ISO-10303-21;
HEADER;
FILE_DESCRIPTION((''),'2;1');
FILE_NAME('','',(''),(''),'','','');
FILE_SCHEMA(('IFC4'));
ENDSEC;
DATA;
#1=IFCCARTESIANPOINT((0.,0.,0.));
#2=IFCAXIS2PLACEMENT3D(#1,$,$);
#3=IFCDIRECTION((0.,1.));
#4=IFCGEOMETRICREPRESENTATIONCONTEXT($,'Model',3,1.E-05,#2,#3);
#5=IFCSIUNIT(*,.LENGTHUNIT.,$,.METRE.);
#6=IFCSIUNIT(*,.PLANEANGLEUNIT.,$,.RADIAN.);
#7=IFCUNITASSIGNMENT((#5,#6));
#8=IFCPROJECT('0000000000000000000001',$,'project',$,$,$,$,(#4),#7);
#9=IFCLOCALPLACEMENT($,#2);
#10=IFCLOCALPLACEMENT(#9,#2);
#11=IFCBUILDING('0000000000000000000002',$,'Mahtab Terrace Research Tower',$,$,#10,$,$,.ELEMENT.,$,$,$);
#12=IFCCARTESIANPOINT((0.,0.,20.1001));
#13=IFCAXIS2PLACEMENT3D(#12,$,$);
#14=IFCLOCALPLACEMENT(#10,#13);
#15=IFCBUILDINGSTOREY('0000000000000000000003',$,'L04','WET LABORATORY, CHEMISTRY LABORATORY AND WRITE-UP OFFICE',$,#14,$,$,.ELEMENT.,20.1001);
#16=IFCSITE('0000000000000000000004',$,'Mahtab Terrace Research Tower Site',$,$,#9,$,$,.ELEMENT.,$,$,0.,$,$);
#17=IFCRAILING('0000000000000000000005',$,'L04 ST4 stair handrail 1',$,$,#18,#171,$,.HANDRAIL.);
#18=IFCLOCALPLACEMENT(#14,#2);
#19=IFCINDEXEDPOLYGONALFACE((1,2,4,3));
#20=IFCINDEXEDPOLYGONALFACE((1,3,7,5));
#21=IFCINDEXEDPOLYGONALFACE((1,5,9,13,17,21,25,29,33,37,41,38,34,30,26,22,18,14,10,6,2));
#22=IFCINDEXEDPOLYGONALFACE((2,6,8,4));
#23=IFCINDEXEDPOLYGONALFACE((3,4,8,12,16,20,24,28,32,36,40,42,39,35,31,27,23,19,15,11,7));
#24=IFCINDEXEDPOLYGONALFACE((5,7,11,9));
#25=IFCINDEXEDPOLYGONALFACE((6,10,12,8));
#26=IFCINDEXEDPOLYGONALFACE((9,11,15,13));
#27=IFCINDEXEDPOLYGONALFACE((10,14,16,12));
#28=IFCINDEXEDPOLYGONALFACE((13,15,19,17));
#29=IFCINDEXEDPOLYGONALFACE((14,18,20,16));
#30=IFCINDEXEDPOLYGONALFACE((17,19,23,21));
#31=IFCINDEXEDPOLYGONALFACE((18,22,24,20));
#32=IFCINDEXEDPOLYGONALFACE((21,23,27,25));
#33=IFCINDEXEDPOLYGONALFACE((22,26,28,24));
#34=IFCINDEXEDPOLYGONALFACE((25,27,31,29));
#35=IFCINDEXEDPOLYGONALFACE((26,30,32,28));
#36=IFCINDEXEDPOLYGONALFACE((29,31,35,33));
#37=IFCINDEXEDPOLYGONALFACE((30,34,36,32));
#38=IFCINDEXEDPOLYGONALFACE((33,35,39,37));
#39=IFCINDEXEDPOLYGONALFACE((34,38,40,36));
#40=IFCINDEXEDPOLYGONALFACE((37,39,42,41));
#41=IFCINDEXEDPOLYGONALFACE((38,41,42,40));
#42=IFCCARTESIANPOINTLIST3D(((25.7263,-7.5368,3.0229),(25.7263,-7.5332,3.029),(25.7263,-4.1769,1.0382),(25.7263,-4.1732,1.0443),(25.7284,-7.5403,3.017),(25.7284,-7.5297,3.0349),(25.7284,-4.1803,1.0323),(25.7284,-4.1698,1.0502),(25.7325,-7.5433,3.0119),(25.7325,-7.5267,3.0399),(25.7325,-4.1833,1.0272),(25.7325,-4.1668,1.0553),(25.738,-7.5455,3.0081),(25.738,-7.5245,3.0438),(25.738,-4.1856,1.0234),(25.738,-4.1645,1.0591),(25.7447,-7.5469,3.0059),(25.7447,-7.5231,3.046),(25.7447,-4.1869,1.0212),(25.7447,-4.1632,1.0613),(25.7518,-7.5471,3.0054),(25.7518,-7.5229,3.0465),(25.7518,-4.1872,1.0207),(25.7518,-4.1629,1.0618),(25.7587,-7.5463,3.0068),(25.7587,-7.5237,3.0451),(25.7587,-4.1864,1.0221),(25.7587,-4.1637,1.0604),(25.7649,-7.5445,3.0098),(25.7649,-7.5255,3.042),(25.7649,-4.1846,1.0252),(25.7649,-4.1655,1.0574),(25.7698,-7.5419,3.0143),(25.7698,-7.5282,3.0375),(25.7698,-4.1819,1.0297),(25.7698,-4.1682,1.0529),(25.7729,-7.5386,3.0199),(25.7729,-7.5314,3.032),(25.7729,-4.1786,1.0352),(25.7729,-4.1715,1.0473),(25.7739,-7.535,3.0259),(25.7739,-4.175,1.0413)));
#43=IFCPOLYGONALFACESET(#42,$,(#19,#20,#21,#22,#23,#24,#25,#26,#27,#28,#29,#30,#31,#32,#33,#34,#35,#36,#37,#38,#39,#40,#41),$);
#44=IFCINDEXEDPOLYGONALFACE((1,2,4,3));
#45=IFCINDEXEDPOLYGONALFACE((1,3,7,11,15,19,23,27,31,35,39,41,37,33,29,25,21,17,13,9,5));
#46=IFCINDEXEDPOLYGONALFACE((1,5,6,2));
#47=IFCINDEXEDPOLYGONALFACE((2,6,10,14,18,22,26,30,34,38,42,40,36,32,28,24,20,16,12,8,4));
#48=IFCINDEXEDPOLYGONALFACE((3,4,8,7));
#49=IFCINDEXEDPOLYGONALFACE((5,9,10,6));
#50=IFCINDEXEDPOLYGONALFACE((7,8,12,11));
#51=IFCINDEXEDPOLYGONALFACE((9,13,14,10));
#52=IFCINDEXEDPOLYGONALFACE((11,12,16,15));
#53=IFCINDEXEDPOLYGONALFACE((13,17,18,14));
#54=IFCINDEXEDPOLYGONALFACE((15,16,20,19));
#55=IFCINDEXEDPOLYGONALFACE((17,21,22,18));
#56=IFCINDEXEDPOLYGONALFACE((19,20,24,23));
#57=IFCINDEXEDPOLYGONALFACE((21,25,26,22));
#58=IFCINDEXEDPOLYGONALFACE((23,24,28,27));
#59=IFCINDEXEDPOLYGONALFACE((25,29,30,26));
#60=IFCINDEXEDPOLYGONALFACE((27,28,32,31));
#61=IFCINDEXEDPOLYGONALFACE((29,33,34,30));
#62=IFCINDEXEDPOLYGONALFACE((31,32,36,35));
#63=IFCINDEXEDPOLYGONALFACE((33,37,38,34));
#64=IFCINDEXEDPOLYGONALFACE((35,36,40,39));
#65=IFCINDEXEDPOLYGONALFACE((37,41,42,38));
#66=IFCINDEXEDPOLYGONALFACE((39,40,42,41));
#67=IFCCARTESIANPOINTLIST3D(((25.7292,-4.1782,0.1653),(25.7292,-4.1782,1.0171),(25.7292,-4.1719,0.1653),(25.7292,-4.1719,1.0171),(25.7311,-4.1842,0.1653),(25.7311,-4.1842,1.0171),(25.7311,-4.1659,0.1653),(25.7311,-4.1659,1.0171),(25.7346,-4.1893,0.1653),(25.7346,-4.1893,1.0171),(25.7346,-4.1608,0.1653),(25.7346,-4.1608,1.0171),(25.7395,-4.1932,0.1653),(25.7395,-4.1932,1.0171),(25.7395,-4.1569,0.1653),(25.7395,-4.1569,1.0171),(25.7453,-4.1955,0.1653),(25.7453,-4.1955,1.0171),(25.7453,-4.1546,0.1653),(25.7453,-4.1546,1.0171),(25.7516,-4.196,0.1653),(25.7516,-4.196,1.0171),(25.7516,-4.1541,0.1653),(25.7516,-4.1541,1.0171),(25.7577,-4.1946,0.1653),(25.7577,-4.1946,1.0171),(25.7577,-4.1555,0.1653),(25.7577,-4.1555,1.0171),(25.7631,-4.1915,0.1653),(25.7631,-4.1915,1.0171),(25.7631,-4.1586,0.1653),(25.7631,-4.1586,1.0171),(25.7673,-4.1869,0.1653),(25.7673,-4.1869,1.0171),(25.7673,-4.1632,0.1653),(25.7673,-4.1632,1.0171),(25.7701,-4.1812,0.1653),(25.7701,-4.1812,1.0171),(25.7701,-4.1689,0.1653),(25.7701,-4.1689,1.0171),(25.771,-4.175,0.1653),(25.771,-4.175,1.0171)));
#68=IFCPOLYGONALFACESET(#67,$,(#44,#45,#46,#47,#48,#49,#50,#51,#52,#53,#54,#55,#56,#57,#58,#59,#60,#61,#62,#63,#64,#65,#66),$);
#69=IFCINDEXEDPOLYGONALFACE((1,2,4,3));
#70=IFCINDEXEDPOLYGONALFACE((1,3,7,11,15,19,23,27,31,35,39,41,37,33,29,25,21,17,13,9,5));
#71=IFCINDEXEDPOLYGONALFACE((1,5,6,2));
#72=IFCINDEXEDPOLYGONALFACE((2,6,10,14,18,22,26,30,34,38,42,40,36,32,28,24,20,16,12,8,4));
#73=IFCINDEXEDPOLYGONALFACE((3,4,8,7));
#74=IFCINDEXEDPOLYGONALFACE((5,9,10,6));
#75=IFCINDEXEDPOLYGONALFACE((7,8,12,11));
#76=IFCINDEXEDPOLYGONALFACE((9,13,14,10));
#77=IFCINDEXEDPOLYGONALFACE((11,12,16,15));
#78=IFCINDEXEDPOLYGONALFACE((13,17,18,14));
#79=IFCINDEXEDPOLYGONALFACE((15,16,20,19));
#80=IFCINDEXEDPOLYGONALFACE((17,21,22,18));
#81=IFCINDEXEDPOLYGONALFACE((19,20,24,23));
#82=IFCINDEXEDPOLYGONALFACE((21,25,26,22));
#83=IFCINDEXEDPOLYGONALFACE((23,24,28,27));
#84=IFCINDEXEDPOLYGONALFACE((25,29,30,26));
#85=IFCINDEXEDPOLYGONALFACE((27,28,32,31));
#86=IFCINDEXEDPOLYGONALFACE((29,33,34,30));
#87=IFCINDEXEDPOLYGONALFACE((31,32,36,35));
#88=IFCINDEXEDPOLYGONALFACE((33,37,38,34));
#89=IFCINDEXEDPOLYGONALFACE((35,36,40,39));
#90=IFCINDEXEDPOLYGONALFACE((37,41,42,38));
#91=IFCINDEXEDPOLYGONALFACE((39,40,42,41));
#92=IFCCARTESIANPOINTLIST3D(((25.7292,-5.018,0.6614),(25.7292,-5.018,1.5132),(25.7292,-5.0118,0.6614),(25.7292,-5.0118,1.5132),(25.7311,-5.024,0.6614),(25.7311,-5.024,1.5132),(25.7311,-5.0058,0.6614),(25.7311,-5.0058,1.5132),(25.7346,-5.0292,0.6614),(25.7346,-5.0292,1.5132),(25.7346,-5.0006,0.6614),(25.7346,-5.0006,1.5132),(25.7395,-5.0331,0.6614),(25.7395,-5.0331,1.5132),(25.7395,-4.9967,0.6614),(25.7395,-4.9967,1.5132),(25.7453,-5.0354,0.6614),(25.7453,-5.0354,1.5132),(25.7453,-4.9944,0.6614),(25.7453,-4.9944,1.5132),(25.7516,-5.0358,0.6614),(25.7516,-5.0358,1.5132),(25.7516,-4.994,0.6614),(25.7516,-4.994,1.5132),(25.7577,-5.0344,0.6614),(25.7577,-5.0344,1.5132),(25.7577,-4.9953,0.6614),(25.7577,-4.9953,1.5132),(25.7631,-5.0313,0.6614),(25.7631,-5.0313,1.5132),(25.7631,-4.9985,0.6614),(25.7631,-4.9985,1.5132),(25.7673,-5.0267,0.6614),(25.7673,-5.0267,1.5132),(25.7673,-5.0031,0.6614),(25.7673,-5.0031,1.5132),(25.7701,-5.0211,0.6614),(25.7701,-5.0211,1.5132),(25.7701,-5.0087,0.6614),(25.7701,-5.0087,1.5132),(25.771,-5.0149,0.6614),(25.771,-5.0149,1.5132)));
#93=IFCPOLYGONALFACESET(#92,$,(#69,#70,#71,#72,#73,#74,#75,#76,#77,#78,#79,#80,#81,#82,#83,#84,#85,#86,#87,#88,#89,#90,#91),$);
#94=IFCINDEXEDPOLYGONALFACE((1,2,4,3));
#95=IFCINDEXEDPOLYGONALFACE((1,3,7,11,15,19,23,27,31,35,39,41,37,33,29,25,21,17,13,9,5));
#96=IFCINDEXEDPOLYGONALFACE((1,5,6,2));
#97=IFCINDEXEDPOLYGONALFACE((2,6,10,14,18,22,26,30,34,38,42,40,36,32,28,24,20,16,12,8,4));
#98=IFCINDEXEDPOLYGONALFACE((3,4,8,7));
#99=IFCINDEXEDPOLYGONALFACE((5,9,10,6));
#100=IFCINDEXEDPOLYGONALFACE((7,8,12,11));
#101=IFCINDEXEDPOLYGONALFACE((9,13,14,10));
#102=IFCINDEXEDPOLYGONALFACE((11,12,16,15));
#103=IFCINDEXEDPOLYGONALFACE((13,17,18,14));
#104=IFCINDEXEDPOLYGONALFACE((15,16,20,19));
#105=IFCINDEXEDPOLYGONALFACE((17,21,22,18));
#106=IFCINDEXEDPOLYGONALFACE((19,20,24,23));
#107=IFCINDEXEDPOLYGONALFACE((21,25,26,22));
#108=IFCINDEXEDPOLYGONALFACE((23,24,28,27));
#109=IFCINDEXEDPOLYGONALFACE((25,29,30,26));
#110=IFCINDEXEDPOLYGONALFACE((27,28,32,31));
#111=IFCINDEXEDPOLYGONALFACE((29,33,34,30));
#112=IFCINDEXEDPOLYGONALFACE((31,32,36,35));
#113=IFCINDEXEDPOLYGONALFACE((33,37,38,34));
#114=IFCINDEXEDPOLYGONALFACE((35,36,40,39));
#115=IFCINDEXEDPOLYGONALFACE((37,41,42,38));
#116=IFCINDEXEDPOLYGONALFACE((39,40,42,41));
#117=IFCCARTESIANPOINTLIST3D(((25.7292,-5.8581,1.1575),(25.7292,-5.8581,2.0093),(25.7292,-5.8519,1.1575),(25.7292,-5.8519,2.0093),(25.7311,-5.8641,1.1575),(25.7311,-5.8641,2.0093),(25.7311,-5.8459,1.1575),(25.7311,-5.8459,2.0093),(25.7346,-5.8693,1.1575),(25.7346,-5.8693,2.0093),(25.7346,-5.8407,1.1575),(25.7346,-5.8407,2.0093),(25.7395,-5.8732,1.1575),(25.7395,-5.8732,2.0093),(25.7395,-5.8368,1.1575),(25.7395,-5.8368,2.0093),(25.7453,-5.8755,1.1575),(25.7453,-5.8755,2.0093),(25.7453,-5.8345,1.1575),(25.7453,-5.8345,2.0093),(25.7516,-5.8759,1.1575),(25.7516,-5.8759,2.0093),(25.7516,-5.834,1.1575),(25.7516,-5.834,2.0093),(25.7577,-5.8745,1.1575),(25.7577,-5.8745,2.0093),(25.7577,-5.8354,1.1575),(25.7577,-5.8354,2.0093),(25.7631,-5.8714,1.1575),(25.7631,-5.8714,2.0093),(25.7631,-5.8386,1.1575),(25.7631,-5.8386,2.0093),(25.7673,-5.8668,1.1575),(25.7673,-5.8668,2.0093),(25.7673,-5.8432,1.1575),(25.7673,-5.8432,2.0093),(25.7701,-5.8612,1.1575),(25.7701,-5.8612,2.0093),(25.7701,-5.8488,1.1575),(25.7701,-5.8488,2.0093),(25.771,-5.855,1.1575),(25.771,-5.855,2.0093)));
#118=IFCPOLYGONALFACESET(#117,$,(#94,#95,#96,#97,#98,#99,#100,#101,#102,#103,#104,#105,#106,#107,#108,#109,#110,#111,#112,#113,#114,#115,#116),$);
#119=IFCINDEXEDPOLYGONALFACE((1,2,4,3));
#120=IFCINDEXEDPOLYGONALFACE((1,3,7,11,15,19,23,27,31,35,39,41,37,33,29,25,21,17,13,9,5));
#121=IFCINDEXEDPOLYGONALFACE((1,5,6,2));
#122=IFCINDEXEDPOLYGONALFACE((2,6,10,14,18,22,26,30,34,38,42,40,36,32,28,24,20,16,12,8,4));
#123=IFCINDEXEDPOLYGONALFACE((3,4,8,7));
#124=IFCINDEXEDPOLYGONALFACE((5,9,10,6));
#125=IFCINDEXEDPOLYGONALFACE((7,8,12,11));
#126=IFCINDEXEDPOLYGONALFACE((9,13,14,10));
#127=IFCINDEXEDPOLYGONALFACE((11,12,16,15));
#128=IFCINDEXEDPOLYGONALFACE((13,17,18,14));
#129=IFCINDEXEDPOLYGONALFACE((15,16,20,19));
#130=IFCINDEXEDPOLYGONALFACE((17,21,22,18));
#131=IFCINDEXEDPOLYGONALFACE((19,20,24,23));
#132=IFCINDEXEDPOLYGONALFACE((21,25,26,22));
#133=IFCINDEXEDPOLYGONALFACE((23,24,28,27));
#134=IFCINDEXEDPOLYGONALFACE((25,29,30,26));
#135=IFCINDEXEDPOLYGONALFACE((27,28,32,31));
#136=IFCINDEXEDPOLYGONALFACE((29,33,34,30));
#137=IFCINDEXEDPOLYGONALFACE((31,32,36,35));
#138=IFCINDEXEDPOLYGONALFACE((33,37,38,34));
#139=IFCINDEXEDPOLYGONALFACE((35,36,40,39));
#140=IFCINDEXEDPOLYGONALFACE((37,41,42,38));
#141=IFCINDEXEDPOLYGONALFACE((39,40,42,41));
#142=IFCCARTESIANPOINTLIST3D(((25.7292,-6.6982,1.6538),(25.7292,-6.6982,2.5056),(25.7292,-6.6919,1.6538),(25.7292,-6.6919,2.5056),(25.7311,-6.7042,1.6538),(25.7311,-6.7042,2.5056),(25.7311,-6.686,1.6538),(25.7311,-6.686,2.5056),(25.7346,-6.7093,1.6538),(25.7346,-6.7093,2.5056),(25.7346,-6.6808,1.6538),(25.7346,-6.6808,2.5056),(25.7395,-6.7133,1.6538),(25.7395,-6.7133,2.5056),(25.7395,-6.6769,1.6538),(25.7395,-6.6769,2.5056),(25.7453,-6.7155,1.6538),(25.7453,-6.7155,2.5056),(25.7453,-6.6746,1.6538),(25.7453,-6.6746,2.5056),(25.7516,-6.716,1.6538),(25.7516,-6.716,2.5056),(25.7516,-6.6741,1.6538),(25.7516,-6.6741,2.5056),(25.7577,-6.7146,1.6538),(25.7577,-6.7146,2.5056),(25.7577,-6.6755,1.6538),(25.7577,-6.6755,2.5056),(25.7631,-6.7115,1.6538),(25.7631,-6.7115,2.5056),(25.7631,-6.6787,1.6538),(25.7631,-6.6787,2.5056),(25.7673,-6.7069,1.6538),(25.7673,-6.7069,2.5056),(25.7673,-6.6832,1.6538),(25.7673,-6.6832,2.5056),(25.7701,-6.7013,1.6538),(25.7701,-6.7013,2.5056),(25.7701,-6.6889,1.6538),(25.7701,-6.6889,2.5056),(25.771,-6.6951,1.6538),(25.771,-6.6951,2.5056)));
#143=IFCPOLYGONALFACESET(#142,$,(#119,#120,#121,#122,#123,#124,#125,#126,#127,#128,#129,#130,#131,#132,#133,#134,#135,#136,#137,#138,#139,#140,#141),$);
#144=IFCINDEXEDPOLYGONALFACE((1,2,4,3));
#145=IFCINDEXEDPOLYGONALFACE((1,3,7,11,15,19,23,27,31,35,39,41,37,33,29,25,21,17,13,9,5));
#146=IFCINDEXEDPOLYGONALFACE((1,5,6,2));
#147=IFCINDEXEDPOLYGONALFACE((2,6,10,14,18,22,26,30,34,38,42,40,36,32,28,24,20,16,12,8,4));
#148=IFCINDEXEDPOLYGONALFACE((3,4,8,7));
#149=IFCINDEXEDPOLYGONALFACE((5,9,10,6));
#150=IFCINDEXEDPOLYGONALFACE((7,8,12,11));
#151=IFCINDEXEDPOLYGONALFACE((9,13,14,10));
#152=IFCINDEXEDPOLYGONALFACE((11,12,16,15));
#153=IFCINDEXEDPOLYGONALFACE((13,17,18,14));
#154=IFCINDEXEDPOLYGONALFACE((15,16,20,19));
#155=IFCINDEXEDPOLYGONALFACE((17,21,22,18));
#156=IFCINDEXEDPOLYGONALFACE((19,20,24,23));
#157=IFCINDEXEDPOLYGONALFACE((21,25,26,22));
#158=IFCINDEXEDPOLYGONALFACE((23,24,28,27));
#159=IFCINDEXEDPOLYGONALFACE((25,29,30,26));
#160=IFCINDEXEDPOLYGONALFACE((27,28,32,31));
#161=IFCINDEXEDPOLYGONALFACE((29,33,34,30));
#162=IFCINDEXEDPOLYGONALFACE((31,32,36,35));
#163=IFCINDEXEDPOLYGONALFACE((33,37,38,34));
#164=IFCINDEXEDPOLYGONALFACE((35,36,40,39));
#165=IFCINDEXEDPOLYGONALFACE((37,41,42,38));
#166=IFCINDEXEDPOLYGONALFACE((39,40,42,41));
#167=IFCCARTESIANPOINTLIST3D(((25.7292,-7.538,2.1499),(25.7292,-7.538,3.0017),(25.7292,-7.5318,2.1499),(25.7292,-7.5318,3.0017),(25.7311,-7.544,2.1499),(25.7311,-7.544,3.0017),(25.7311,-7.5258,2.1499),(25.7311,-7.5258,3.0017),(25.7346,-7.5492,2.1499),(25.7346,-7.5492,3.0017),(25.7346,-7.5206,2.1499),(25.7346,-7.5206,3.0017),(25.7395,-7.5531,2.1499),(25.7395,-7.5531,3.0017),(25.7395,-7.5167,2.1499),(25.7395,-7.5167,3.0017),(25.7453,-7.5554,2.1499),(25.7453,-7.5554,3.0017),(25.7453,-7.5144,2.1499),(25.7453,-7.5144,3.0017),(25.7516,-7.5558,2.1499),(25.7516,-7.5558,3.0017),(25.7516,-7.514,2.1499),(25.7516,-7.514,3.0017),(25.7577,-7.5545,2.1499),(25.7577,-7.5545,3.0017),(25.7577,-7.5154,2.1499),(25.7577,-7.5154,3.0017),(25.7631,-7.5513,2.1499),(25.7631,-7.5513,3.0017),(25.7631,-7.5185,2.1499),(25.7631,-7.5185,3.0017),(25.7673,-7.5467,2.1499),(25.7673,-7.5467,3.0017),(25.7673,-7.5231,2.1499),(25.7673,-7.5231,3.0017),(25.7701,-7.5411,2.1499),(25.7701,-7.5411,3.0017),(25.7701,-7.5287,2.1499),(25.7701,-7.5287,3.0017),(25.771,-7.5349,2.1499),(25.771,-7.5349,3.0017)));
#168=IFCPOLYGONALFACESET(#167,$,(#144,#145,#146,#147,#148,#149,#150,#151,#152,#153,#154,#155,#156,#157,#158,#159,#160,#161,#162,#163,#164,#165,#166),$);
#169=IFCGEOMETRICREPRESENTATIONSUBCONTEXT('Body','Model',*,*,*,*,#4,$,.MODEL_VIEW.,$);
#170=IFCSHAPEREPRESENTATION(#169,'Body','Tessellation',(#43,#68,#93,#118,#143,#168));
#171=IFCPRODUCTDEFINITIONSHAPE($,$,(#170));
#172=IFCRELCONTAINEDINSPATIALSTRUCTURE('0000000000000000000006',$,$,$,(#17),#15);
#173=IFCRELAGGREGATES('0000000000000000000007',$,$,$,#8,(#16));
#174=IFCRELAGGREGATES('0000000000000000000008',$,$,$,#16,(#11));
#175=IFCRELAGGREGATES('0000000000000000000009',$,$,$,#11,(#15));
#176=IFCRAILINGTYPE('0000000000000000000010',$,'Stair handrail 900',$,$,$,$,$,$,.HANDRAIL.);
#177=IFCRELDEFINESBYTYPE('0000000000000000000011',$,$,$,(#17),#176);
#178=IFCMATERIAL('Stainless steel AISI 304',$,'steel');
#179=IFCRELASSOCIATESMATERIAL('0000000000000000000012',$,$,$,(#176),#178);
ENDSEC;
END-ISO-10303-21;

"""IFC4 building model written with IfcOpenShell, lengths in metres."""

from ifc_helpers import new_model, si_unit, direction, frame, origin, origin_2d, place, context, subcontext, project, spatial, circle, extrude, material, type_object, element, save


model = new_model("IFC4")

# Units and contexts
model_context = context("Model", 3, precision=1e-05, world=origin(), true_north=direction((0.0, 1.0)))
body_context = subcontext(model_context, "Body", "Model", "MODEL_VIEW")
ifc_project = project(units=[si_unit("LENGTHUNIT", "METRE"), si_unit("PLANEANGLEUNIT", "RADIAN")], contexts=[model_context])

# Site, building, storey
site_placement = place(None, origin())
site = spatial("IfcSite", under=ifc_project, at=site_placement, Name="Mahtab Terrace Research Tower Site", CompositionType="ELEMENT", RefElevation=0.0)
building_placement = place(site_placement, origin())
building = spatial("IfcBuilding", under=site, at=building_placement, Name="Mahtab Terrace Research Tower", CompositionType="ELEMENT")
storey_placement = place(building_placement, frame((0.0, 0.0, 20.1001)))
storey = spatial("IfcBuildingStorey", under=building, at=storey_placement, Name="L04", Description="WET LABORATORY, CHEMISTRY LABORATORY AND WRITE-UP OFFICE", CompositionType="ELEMENT", Elevation=20.1001)

# Shared definitions
ifc_material_1 = material(Name="Stainless steel AISI 304", Category="steel")

# Railing
railing_type = type_object("IfcRailingType", Name="Stair handrail 900", PredefinedType="HANDRAIL", material=ifc_material_1)
railing_placement = place(storey_placement, frame((25.75, -4.175, 0.1653)))
element("IfcRailing", 1, at=railing_placement, inside=storey, type_object=railing_type, Name="L04 ST4 stair handrail 1", PredefinedType="HANDRAIL", context=body_context, shape_type="SweptSolid", body=[
    extrude(circle(Radius=0.0239, at=origin_2d()), frame((0.0, 0.0, 0.876), z_axis=(0.0, -0.861011, 0.508586), x_axis=(1.0, 0.0, 0.0)), (0.0, 0.0, 1.0), 3.9023),
    extrude(circle(Radius=0.021, at=origin_2d()), origin(), (0.0, 0.0, 1.0), 0.8518),
    extrude(circle(Radius=0.021, at=origin_2d()), frame((0.0, -0.8398, 0.4961)), (0.0, 0.0, 1.0), 0.8518),
    extrude(circle(Radius=0.021, at=origin_2d()), frame((0.0, -1.6799, 0.9922)), (0.0, 0.0, 1.0), 0.8518),
    extrude(circle(Radius=0.021, at=origin_2d()), frame((0.0, -2.52, 1.4885)), (0.0, 0.0, 1.0), 0.8518),
    extrude(circle(Radius=0.021, at=origin_2d()), frame((0.0, -3.3599, 1.9846)), (0.0, 0.0, 1.0), 0.8518),
])

save(model, "model.ifc")
